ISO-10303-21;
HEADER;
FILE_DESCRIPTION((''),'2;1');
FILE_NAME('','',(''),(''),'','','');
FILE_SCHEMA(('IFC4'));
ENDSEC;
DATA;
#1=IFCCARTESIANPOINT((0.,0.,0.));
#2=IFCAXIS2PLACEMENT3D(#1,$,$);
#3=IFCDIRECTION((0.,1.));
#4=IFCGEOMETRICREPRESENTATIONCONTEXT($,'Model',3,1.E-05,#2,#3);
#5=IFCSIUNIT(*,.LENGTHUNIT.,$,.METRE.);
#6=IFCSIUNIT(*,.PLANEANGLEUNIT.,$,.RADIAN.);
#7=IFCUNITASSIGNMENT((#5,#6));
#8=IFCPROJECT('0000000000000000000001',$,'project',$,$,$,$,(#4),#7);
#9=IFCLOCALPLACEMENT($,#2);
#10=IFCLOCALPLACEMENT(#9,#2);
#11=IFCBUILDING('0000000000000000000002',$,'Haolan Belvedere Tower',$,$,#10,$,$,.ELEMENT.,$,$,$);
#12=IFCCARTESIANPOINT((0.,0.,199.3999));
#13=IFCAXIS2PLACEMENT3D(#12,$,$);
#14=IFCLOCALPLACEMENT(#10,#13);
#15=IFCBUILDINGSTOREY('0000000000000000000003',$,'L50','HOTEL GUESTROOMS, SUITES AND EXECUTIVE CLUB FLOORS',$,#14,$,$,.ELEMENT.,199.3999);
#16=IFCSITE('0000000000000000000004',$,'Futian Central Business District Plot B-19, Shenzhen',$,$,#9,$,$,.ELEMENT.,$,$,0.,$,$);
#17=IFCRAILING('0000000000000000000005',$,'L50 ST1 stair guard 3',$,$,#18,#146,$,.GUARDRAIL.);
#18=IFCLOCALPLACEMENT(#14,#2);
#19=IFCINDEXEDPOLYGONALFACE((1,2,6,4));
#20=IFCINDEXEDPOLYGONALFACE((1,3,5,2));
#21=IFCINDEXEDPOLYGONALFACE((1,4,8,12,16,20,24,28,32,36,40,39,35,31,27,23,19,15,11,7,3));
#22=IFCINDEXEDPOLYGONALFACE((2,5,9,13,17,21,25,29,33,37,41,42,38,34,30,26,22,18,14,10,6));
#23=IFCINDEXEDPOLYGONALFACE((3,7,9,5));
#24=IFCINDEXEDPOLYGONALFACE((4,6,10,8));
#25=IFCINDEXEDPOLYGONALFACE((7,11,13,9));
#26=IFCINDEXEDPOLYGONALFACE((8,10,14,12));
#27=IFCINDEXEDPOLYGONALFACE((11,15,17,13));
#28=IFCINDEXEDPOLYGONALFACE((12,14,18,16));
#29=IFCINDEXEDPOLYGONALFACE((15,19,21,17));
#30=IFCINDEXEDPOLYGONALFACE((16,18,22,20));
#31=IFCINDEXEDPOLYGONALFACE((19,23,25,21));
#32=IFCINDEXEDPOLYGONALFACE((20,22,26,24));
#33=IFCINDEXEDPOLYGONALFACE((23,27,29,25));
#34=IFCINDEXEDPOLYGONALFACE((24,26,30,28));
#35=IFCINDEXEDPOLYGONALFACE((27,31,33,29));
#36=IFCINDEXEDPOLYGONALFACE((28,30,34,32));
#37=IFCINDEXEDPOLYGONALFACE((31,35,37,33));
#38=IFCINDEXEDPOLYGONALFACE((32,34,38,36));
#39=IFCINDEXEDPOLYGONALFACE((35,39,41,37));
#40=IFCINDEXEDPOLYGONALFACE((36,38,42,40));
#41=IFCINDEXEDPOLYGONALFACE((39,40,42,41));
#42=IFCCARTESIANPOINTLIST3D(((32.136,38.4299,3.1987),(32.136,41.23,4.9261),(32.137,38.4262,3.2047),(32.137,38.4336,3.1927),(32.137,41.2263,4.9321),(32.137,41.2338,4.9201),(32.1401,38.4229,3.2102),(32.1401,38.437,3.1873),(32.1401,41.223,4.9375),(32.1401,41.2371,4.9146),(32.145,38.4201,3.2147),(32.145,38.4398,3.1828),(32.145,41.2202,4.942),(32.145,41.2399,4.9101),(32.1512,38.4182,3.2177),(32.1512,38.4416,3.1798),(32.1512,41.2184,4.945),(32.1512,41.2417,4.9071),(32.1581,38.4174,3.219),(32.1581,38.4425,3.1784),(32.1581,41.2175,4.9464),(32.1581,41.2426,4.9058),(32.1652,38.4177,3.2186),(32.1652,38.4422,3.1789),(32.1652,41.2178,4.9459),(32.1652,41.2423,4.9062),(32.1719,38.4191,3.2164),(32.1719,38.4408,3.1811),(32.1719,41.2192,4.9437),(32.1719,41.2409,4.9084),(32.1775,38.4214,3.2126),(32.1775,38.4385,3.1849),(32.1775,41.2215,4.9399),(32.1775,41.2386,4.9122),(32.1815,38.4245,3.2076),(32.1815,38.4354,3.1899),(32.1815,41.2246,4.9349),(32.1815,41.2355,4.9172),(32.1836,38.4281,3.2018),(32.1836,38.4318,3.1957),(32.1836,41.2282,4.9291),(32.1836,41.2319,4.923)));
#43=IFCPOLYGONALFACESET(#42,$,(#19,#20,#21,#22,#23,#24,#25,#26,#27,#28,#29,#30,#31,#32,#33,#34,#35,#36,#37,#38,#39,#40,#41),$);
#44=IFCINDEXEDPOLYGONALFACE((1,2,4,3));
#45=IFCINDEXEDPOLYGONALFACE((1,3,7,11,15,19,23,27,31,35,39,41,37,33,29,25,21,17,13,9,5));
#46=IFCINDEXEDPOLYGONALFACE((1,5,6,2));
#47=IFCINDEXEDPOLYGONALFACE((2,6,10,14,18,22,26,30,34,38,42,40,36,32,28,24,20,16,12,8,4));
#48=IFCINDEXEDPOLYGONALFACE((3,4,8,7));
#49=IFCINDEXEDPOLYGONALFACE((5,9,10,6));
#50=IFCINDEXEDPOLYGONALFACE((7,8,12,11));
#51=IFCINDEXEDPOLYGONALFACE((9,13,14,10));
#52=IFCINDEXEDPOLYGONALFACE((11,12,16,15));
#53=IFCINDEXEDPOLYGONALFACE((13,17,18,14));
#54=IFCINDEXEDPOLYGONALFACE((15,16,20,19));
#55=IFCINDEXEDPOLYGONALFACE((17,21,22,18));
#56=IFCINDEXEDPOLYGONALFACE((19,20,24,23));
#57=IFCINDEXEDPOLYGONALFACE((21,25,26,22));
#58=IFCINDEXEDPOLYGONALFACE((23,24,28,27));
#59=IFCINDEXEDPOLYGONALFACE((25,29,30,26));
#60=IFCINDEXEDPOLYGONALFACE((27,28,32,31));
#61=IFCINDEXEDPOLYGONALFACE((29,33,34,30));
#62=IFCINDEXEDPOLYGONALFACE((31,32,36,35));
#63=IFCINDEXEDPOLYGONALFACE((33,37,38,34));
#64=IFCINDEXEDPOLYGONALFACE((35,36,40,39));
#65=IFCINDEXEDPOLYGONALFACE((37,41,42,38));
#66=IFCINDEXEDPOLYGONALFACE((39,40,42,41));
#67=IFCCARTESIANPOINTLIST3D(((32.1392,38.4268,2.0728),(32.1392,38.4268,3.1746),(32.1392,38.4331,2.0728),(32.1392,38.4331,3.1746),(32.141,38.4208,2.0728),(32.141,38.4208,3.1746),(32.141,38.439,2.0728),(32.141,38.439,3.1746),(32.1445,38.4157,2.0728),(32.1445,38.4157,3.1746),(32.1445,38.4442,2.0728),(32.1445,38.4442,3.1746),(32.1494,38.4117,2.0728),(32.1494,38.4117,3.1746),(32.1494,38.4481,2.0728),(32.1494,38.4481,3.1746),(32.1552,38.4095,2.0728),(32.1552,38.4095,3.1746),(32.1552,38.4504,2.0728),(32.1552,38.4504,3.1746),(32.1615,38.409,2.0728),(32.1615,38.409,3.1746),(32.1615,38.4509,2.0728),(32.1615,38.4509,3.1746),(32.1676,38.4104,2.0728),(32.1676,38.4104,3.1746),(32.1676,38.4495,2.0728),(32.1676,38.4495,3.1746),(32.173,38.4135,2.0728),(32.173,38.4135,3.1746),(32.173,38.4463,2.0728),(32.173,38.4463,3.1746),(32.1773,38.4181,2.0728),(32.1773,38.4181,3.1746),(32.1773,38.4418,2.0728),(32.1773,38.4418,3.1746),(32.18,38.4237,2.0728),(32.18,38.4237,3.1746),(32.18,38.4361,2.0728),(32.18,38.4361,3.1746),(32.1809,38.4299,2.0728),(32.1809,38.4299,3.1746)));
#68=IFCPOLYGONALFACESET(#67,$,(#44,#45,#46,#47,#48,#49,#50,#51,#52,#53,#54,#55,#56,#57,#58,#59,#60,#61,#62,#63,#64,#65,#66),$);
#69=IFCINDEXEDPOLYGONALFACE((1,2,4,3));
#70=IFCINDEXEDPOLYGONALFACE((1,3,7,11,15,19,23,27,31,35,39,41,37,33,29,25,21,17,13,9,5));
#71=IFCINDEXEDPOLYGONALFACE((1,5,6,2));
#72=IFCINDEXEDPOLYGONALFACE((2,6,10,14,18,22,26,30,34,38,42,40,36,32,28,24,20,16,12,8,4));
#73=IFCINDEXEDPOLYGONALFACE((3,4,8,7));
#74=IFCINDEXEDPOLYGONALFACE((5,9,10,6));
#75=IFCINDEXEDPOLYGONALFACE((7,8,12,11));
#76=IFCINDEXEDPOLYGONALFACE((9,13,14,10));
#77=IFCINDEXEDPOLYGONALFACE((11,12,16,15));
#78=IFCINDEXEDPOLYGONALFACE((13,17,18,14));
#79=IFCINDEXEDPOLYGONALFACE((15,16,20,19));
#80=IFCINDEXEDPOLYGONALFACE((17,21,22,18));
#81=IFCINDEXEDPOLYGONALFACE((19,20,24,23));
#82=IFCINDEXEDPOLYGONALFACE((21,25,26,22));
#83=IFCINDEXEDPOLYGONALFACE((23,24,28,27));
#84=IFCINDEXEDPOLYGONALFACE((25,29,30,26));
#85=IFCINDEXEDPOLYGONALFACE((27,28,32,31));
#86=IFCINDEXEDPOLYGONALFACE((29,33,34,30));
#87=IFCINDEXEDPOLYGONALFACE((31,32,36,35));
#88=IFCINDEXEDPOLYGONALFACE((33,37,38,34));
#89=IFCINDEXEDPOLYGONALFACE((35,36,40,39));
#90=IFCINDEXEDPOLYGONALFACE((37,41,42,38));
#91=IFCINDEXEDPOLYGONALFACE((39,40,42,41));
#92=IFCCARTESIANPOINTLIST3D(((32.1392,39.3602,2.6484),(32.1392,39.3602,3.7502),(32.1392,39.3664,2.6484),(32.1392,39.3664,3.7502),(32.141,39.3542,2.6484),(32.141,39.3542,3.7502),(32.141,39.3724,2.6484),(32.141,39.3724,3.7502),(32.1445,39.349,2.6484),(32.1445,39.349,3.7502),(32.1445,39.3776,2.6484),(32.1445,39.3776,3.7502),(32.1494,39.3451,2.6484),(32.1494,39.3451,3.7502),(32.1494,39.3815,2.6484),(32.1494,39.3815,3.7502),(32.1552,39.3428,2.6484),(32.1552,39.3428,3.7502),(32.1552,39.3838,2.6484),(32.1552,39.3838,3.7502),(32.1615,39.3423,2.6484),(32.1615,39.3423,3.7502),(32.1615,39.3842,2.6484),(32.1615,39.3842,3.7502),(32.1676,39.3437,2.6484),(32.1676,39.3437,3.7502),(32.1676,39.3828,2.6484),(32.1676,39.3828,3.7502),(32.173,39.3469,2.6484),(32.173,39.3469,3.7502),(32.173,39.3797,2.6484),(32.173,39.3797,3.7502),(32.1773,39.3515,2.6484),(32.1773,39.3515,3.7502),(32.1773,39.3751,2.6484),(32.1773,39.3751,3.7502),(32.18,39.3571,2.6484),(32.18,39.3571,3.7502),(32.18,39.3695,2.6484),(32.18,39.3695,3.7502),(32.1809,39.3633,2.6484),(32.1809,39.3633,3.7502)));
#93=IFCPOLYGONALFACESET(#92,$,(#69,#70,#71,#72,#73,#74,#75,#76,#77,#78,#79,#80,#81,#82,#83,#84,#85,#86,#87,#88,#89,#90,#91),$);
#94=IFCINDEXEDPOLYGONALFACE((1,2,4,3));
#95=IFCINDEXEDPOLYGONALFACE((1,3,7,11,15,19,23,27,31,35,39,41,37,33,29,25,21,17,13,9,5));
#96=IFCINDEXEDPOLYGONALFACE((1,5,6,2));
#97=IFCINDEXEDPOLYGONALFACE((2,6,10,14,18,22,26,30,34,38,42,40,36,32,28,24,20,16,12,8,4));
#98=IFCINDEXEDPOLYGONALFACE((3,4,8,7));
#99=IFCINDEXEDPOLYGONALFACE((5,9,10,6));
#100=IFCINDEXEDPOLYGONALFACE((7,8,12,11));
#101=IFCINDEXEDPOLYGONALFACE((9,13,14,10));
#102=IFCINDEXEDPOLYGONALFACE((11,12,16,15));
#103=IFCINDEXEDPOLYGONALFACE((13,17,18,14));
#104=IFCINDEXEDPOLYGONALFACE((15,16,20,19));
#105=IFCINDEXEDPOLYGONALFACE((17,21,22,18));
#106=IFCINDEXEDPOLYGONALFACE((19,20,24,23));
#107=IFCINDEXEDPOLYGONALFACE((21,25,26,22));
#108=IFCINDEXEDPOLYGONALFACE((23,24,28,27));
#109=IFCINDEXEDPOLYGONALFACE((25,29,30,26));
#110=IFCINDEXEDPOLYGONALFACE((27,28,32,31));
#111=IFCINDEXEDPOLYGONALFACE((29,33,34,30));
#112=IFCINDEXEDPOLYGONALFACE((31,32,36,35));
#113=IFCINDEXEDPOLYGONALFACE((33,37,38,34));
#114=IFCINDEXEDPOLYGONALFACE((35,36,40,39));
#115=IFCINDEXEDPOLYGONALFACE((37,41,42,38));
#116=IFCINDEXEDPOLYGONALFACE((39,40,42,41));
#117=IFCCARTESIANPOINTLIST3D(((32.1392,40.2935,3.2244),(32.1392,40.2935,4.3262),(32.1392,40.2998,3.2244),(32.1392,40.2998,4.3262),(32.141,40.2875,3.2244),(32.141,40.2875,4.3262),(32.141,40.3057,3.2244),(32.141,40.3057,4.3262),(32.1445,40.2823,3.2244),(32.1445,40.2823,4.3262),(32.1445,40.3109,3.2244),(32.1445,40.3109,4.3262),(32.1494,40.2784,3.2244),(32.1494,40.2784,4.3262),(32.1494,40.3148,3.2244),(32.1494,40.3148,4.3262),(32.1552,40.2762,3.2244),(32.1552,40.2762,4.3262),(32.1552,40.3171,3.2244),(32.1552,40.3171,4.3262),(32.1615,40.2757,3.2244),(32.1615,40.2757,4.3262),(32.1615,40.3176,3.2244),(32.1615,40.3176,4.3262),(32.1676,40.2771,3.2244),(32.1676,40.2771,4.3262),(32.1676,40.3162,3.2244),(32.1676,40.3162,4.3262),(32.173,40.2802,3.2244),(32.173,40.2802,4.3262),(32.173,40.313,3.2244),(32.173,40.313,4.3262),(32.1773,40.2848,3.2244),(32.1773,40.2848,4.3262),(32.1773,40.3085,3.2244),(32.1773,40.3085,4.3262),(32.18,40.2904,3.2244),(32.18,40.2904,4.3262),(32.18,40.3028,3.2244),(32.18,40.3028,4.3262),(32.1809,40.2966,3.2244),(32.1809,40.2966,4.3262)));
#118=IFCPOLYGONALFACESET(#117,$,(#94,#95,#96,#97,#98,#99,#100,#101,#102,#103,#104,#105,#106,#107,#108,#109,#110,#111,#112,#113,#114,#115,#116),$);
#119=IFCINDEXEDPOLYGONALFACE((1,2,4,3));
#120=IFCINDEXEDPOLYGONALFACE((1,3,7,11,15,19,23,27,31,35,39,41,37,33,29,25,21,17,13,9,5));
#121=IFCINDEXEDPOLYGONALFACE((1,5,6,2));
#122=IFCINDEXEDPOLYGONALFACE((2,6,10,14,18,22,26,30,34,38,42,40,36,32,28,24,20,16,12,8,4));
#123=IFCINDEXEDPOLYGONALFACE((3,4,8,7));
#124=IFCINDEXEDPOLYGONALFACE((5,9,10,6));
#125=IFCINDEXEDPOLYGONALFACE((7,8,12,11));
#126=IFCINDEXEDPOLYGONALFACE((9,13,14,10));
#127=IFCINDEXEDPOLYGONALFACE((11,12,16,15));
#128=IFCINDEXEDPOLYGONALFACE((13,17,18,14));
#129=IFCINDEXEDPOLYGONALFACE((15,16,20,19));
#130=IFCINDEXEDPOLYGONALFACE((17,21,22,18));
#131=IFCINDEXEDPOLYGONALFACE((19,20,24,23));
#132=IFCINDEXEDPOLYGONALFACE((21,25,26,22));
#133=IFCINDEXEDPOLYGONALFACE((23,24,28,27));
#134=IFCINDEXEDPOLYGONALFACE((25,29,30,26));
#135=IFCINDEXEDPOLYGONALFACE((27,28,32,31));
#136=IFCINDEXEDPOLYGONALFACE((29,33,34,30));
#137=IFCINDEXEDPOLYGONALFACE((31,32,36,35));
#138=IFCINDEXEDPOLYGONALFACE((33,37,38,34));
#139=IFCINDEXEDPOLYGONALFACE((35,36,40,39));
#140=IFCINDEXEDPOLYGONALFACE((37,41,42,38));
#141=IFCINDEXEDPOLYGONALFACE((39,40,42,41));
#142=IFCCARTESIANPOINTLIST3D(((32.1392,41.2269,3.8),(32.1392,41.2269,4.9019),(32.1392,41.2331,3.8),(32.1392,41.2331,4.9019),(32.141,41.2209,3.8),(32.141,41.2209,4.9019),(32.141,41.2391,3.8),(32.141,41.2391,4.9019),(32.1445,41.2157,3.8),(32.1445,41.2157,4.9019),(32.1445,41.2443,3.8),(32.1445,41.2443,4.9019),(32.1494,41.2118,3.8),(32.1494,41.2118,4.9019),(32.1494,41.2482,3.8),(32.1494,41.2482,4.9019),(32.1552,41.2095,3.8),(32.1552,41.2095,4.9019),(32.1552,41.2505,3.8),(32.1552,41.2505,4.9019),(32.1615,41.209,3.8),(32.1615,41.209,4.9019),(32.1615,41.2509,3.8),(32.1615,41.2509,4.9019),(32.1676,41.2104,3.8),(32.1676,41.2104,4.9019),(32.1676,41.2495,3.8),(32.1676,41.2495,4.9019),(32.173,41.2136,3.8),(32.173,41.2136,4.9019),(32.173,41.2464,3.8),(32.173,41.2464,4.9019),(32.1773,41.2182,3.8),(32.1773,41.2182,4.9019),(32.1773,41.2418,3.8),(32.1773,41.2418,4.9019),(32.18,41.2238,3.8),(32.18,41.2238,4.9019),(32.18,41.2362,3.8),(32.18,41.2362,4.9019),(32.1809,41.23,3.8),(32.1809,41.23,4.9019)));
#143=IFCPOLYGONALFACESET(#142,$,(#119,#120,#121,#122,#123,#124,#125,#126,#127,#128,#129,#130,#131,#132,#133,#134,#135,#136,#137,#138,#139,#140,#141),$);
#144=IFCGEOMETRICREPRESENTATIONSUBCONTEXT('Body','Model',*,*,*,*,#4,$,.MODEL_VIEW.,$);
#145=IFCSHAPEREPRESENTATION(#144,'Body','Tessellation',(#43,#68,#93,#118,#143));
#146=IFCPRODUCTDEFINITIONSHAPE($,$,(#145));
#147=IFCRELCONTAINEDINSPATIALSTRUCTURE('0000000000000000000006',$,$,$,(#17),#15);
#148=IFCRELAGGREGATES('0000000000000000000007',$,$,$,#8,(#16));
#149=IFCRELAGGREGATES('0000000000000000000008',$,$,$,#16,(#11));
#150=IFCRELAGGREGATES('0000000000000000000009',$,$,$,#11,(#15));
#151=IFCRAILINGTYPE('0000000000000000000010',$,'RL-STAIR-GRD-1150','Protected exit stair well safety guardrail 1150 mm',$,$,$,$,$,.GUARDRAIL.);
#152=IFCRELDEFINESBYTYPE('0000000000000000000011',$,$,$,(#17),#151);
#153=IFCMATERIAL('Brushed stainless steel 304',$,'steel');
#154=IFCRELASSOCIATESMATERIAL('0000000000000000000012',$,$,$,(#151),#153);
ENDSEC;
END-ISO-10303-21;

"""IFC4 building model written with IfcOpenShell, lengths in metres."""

from ifc_helpers import new_model, si_unit, direction, frame, origin, origin_2d, place, context, subcontext, project, spatial, circle, extrude, material, type_object, element, save


model = new_model("IFC4")

# Units and contexts
model_context = context("Model", 3, precision=1e-05, world=origin(), true_north=direction((0.0, 1.0)))
body_context = subcontext(model_context, "Body", "Model", "MODEL_VIEW")
ifc_project = project(units=[si_unit("LENGTHUNIT", "METRE"), si_unit("PLANEANGLEUNIT", "RADIAN")], contexts=[model_context])

# Site, building, storey
site_placement = place(None, origin())
site = spatial("IfcSite", under=ifc_project, at=site_placement, Name="Futian Central Business District Plot B-19, Shenzhen", CompositionType="ELEMENT", RefElevation=0.0)
building_placement = place(site_placement, origin())
building = spatial("IfcBuilding", under=site, at=building_placement, Name="Haolan Belvedere Tower", CompositionType="ELEMENT")
storey_placement = place(building_placement, frame((0.0, 0.0, 199.3999)))
storey = spatial("IfcBuildingStorey", under=building, at=storey_placement, Name="L50", Description="HOTEL GUESTROOMS, SUITES AND EXECUTIVE CLUB FLOORS", CompositionType="ELEMENT", Elevation=199.3999)

# Railing
ifc_material_1 = material(Name="Brushed stainless steel 304", Category="steel")
railing_type_1 = type_object("IfcRailingType", Name="RL-STAIR-GRD-1150", Description="Protected exit stair well safety guardrail 1150 mm", PredefinedType="GUARDRAIL", material=ifc_material_1)
railing_1_placement = place(storey_placement, frame((32.1599, 38.4299, 2.0728)))
element("IfcRailing", 1, at=railing_1_placement, inside=storey, type_object=railing_type_1, Name="L50 ST1 stair guard 3", PredefinedType="GUARDRAIL", context=body_context, shape_type="SweptSolid", body=[
    extrude(circle(Radius=0.0239, at=origin_2d()), frame((0.0, 0.0, 1.126), z_axis=(0.0, 0.85109, 0.52502), x_axis=(-1.0, 0.0, 0.0)), (0.0, 0.0, 1.0), 3.29),
    extrude(circle(Radius=0.021, at=origin_2d()), origin(), (0.0, 0.0, 1.0), 1.1018),
    extrude(circle(Radius=0.021, at=origin_2d()), frame((0.0, 0.9333, 0.5757)), (0.0, 0.0, 1.0), 1.1018),
    extrude(circle(Radius=0.021, at=origin_2d()), frame((0.0, 1.8667, 1.1516)), (0.0, 0.0, 1.0), 1.1018),
    extrude(circle(Radius=0.021, at=origin_2d()), frame((0.0, 2.8, 1.7273)), (0.0, 0.0, 1.0), 1.1018),
])

save(model, "model.ifc")
